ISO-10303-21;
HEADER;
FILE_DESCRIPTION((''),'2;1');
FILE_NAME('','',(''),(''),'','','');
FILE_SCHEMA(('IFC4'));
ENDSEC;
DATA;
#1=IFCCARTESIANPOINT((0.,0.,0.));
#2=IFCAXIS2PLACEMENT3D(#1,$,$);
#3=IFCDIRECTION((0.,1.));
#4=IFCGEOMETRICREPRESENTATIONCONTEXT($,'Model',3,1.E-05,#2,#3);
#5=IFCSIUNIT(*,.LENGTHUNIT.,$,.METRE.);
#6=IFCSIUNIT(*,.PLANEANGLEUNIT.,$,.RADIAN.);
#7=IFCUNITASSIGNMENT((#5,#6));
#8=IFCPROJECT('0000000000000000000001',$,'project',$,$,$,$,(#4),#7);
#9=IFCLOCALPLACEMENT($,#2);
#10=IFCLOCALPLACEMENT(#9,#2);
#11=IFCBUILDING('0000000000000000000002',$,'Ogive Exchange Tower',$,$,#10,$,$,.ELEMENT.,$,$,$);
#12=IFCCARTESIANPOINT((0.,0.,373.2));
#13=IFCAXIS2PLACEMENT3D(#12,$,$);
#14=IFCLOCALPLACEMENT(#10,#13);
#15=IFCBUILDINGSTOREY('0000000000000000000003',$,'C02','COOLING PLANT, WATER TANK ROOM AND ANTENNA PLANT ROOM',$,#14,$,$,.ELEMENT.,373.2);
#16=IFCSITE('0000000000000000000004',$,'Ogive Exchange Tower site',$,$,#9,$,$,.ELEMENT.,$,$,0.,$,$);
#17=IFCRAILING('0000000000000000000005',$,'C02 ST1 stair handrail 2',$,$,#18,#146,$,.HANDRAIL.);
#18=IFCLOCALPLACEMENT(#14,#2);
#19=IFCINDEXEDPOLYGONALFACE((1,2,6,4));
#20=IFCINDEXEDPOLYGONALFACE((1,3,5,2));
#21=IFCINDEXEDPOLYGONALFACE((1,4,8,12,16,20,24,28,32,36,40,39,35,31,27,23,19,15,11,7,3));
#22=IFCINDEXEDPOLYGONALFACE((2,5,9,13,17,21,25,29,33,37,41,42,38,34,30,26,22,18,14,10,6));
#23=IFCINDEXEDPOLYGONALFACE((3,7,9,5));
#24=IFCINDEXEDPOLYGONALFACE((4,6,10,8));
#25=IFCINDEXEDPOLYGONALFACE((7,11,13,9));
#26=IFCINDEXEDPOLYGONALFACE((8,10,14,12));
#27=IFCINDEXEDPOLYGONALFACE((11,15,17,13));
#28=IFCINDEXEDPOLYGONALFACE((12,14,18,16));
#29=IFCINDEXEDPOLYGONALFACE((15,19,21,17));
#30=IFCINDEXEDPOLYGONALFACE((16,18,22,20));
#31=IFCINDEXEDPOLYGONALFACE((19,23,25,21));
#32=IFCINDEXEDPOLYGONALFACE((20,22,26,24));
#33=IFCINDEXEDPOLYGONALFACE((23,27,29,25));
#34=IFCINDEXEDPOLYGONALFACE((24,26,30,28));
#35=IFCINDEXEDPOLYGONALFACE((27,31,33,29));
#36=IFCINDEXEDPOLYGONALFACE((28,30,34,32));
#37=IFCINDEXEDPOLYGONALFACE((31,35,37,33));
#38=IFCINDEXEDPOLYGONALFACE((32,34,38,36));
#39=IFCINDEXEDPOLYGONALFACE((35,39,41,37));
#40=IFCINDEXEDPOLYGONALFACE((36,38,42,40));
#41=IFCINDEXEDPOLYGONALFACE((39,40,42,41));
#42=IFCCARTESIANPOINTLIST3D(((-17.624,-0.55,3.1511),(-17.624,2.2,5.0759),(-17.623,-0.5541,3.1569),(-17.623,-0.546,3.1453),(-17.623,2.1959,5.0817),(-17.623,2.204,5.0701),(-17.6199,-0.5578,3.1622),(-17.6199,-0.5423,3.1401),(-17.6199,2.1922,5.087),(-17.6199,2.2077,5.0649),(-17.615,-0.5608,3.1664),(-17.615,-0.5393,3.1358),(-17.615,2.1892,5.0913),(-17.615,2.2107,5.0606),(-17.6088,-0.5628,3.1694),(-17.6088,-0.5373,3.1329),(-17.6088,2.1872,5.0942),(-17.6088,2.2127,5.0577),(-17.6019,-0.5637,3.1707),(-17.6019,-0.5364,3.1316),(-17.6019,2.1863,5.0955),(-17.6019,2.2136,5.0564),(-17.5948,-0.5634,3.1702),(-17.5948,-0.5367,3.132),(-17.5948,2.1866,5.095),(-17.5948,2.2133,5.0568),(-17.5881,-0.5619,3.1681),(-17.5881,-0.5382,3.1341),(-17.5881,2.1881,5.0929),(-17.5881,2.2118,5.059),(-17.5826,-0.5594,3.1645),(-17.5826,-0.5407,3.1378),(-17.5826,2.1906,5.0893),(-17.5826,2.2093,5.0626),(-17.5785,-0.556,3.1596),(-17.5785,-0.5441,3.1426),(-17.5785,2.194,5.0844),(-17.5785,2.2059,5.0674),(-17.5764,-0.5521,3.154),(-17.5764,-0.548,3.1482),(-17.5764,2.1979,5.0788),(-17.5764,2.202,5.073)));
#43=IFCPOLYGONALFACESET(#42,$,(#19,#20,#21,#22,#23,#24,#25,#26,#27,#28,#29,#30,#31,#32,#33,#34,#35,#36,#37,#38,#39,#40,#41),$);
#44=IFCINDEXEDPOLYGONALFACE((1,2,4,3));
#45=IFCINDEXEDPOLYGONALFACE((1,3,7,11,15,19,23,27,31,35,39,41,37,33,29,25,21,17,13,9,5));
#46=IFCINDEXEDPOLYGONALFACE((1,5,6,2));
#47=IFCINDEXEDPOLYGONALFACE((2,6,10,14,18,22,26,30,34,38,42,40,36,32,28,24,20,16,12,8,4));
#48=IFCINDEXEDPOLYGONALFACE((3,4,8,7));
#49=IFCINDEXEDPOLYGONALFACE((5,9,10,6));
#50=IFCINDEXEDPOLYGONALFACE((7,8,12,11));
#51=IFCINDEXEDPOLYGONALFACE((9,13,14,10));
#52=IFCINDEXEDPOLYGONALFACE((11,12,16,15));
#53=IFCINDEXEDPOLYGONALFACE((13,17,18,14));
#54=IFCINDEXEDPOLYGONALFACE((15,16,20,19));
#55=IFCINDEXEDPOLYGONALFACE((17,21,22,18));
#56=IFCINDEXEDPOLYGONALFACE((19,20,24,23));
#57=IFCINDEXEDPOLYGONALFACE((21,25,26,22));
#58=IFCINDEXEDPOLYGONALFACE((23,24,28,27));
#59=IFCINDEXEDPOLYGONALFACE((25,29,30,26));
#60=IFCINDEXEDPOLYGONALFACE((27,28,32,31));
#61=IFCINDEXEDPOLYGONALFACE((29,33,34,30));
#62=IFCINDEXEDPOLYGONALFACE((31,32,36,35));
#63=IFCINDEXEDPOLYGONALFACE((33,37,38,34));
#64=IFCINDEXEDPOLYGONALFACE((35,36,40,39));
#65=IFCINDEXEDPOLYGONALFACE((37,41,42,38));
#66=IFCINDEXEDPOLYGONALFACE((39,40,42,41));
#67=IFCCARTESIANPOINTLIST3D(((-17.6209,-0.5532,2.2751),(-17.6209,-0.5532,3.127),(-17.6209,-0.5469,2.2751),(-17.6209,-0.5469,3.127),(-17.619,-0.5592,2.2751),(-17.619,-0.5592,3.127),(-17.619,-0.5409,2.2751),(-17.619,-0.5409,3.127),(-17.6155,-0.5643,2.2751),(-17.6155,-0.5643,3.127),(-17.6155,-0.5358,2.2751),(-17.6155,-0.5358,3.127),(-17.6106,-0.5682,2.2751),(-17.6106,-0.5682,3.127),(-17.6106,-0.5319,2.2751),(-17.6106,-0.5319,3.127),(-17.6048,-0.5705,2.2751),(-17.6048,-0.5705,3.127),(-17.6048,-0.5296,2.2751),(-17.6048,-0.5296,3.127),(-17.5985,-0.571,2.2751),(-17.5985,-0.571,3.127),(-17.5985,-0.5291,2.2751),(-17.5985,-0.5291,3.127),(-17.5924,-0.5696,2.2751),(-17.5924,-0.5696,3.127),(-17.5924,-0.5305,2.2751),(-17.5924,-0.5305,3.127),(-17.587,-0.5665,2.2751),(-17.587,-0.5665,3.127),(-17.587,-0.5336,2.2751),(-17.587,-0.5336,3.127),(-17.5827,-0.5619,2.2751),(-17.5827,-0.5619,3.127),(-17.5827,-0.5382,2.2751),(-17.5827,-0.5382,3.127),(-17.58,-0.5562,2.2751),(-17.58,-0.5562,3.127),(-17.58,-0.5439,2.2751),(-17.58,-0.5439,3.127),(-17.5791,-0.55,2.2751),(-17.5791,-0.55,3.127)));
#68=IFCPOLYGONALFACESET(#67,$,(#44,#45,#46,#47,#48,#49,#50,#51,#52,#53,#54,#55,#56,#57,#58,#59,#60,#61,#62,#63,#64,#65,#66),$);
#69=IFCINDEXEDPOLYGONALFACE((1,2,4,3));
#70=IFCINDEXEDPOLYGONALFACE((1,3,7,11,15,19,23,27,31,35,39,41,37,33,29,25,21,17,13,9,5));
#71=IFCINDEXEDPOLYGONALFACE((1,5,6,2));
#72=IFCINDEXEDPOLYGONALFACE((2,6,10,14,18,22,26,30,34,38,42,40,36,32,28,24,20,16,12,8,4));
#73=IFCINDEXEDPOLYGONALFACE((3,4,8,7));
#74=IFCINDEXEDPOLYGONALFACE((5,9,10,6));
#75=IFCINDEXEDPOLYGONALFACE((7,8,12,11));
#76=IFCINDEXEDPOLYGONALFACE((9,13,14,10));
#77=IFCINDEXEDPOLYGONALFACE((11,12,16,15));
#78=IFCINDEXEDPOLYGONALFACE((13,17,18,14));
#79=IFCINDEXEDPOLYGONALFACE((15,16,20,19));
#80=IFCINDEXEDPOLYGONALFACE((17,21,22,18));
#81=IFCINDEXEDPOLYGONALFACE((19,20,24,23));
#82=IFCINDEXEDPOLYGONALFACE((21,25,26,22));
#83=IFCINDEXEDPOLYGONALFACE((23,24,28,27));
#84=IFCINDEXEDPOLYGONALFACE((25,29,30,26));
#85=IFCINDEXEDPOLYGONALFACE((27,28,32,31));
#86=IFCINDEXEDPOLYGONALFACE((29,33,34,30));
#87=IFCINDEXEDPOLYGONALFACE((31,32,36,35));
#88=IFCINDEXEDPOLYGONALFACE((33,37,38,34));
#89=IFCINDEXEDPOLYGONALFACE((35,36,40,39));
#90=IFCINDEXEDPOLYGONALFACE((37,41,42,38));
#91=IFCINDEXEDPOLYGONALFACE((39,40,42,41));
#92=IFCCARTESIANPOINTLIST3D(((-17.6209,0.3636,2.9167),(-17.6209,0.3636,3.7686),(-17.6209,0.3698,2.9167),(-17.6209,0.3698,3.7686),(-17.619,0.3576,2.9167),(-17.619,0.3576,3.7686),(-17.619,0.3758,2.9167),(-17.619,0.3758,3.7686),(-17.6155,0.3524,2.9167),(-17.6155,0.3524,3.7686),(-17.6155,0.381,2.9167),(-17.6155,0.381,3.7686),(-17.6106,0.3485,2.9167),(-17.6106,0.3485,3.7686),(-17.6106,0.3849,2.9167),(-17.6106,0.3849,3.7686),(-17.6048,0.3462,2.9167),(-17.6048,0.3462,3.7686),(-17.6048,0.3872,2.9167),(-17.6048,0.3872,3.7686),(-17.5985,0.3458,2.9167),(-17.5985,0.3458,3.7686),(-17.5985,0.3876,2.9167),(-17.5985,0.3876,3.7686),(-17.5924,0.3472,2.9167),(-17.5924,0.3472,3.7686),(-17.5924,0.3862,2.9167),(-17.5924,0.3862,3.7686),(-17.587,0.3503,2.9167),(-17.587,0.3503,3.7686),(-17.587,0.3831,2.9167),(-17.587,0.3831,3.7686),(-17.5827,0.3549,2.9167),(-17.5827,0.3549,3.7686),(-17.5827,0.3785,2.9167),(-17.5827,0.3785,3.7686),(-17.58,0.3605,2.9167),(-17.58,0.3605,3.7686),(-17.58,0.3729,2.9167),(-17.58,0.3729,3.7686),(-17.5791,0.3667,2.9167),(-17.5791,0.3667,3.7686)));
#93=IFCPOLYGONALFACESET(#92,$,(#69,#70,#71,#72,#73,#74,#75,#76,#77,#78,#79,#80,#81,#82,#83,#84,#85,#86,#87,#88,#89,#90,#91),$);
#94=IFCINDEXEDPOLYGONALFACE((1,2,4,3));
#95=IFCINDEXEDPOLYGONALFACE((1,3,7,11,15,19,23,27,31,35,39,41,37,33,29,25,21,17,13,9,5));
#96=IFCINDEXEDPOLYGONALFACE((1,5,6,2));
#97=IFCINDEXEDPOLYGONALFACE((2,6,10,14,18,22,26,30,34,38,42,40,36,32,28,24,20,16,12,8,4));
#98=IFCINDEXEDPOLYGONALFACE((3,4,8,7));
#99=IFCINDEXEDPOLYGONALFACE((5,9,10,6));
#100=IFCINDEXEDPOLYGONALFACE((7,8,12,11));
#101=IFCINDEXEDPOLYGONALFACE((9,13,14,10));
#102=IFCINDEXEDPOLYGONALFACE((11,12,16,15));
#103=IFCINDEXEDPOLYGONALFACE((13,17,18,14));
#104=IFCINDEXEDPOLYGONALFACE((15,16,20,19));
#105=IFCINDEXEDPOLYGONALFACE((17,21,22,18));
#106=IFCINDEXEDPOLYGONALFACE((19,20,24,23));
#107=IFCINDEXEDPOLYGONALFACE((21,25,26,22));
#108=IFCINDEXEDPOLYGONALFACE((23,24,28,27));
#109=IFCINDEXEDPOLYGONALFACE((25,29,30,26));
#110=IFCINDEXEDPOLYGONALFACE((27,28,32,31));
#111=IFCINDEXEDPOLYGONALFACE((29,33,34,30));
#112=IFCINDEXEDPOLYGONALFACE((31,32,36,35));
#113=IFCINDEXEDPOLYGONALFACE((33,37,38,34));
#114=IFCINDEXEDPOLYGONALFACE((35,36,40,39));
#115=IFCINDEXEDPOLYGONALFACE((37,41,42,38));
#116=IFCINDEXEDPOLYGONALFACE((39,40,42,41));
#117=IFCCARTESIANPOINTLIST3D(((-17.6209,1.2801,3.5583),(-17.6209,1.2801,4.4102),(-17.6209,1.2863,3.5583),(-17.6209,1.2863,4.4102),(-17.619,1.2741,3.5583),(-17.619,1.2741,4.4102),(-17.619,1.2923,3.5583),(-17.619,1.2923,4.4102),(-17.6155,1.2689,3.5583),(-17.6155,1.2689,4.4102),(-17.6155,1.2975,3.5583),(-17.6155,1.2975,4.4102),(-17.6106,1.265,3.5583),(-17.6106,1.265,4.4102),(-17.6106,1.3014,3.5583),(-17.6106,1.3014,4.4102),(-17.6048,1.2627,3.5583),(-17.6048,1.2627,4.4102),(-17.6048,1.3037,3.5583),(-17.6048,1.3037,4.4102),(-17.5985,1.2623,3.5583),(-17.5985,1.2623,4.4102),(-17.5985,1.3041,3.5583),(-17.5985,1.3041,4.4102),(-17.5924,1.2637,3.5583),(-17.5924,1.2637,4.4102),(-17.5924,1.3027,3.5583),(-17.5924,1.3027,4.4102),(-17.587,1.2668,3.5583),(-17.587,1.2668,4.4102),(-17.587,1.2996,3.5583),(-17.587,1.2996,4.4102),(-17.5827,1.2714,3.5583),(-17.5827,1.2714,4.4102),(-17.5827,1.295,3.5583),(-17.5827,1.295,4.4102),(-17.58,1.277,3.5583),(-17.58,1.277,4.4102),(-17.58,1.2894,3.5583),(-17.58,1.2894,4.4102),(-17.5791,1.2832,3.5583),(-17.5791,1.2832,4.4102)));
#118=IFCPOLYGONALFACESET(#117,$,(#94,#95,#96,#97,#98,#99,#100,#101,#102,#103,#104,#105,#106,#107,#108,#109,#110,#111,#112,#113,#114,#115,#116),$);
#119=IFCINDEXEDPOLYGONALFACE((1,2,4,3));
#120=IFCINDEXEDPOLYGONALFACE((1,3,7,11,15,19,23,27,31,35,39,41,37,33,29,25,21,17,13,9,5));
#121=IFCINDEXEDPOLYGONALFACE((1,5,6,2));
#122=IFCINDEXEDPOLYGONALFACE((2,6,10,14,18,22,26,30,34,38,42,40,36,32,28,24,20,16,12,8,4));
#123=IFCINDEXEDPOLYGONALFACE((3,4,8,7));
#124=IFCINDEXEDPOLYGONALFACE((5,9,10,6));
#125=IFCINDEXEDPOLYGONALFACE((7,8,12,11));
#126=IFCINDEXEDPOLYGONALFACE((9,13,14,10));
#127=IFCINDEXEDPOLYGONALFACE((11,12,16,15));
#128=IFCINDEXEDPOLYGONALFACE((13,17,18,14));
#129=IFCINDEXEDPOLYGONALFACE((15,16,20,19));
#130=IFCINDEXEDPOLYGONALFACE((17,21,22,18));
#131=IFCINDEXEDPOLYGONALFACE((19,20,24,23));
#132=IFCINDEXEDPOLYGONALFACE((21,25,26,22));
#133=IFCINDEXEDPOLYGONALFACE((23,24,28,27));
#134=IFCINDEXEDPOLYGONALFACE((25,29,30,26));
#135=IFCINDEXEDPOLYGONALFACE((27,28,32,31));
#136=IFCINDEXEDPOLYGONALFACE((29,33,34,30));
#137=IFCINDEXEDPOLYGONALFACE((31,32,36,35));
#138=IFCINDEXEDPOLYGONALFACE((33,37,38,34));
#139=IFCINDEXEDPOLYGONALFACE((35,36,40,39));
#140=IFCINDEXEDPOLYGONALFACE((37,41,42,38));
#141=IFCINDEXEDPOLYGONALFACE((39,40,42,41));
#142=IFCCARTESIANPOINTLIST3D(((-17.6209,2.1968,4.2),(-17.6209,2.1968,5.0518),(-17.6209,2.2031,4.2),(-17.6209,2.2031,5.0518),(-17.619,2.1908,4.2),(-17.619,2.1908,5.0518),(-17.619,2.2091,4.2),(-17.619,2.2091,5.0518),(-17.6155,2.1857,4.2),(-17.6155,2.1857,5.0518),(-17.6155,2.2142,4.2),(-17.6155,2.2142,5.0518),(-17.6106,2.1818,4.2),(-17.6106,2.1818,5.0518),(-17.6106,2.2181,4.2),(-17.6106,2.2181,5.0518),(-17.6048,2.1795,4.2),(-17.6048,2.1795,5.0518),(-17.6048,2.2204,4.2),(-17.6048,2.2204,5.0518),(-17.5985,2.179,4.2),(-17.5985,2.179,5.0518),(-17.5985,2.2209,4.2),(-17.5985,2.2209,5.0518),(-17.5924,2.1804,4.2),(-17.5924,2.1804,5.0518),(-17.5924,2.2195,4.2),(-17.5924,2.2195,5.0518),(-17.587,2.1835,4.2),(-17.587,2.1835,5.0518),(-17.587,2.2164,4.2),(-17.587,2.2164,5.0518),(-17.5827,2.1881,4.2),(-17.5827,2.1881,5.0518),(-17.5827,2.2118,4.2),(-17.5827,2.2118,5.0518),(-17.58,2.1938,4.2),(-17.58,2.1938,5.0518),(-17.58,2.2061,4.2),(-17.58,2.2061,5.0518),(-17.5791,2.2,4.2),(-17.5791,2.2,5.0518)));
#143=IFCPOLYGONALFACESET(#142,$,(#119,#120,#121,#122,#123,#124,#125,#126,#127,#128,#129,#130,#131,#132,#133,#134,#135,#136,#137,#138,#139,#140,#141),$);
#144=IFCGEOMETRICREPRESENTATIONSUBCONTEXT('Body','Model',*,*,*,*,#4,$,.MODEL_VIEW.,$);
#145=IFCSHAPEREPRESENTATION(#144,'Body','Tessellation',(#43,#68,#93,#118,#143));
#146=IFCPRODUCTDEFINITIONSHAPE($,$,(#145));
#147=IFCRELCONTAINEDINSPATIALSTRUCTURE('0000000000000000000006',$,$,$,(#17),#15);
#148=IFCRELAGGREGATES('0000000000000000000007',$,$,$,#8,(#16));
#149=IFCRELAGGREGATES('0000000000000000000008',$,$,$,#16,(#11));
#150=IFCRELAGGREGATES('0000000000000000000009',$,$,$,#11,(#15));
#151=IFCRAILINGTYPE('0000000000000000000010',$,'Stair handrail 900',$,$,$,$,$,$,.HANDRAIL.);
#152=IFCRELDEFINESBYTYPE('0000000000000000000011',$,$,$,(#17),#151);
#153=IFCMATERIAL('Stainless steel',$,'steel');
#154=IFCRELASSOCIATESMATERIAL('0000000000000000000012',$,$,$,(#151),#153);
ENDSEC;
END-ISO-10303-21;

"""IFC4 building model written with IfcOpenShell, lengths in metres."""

from ifc_helpers import new_model, si_unit, direction, frame, origin, origin_2d, place, context, subcontext, project, spatial, circle, extrude, material, type_object, element, save


model = new_model("IFC4")

# Units and contexts
model_context = context("Model", 3, precision=1e-05, world=origin(), true_north=direction((0.0, 1.0)))
body_context = subcontext(model_context, "Body", "Model", "MODEL_VIEW")
ifc_project = project(units=[si_unit("LENGTHUNIT", "METRE"), si_unit("PLANEANGLEUNIT", "RADIAN")], contexts=[model_context])

# Site, building, storey
site_placement = place(None, origin())
site = spatial("IfcSite", under=ifc_project, at=site_placement, Name="Ogive Exchange Tower site", CompositionType="ELEMENT", RefElevation=0.0)
building_placement = place(site_placement, origin())
building = spatial("IfcBuilding", under=site, at=building_placement, Name="Ogive Exchange Tower", CompositionType="ELEMENT")
storey_placement = place(building_placement, frame((0.0, 0.0, 373.2)))
storey = spatial("IfcBuildingStorey", under=building, at=storey_placement, Name="C02", Description="COOLING PLANT, WATER TANK ROOM AND ANTENNA PLANT ROOM", CompositionType="ELEMENT", Elevation=373.2)

# Shared definitions
ifc_material_1 = material(Name="Stainless steel", Category="steel")

# Railing
railing_type = type_object("IfcRailingType", Name="Stair handrail 900", PredefinedType="HANDRAIL", material=ifc_material_1)
railing_placement = place(storey_placement, frame((-17.6001, -0.55, 2.2751)))
element("IfcRailing", 1, at=railing_placement, inside=storey, type_object=railing_type, Name="C02 ST1 stair handrail 2", PredefinedType="HANDRAIL", context=body_context, shape_type="SweptSolid", body=[
    extrude(circle(Radius=0.0239, at=origin_2d()), frame((0.0, 0.0, 0.876), z_axis=(0.0, 0.819259, 0.573423), x_axis=(-1.0, 0.0, 0.0)), (0.0, 0.0, 1.0), 3.3567),
    extrude(circle(Radius=0.021, at=origin_2d()), origin(), (0.0, 0.0, 1.0), 0.8518),
    extrude(circle(Radius=0.021, at=origin_2d()), frame((0.0, 0.9167, 0.6416)), (0.0, 0.0, 1.0), 0.8518),
    extrude(circle(Radius=0.021, at=origin_2d()), frame((0.0, 1.8333, 1.2832)), (0.0, 0.0, 1.0), 0.8518),
    extrude(circle(Radius=0.021, at=origin_2d()), frame((0.0, 2.75, 1.9248)), (0.0, 0.0, 1.0), 0.8518),
])

save(model, "model.ifc")
